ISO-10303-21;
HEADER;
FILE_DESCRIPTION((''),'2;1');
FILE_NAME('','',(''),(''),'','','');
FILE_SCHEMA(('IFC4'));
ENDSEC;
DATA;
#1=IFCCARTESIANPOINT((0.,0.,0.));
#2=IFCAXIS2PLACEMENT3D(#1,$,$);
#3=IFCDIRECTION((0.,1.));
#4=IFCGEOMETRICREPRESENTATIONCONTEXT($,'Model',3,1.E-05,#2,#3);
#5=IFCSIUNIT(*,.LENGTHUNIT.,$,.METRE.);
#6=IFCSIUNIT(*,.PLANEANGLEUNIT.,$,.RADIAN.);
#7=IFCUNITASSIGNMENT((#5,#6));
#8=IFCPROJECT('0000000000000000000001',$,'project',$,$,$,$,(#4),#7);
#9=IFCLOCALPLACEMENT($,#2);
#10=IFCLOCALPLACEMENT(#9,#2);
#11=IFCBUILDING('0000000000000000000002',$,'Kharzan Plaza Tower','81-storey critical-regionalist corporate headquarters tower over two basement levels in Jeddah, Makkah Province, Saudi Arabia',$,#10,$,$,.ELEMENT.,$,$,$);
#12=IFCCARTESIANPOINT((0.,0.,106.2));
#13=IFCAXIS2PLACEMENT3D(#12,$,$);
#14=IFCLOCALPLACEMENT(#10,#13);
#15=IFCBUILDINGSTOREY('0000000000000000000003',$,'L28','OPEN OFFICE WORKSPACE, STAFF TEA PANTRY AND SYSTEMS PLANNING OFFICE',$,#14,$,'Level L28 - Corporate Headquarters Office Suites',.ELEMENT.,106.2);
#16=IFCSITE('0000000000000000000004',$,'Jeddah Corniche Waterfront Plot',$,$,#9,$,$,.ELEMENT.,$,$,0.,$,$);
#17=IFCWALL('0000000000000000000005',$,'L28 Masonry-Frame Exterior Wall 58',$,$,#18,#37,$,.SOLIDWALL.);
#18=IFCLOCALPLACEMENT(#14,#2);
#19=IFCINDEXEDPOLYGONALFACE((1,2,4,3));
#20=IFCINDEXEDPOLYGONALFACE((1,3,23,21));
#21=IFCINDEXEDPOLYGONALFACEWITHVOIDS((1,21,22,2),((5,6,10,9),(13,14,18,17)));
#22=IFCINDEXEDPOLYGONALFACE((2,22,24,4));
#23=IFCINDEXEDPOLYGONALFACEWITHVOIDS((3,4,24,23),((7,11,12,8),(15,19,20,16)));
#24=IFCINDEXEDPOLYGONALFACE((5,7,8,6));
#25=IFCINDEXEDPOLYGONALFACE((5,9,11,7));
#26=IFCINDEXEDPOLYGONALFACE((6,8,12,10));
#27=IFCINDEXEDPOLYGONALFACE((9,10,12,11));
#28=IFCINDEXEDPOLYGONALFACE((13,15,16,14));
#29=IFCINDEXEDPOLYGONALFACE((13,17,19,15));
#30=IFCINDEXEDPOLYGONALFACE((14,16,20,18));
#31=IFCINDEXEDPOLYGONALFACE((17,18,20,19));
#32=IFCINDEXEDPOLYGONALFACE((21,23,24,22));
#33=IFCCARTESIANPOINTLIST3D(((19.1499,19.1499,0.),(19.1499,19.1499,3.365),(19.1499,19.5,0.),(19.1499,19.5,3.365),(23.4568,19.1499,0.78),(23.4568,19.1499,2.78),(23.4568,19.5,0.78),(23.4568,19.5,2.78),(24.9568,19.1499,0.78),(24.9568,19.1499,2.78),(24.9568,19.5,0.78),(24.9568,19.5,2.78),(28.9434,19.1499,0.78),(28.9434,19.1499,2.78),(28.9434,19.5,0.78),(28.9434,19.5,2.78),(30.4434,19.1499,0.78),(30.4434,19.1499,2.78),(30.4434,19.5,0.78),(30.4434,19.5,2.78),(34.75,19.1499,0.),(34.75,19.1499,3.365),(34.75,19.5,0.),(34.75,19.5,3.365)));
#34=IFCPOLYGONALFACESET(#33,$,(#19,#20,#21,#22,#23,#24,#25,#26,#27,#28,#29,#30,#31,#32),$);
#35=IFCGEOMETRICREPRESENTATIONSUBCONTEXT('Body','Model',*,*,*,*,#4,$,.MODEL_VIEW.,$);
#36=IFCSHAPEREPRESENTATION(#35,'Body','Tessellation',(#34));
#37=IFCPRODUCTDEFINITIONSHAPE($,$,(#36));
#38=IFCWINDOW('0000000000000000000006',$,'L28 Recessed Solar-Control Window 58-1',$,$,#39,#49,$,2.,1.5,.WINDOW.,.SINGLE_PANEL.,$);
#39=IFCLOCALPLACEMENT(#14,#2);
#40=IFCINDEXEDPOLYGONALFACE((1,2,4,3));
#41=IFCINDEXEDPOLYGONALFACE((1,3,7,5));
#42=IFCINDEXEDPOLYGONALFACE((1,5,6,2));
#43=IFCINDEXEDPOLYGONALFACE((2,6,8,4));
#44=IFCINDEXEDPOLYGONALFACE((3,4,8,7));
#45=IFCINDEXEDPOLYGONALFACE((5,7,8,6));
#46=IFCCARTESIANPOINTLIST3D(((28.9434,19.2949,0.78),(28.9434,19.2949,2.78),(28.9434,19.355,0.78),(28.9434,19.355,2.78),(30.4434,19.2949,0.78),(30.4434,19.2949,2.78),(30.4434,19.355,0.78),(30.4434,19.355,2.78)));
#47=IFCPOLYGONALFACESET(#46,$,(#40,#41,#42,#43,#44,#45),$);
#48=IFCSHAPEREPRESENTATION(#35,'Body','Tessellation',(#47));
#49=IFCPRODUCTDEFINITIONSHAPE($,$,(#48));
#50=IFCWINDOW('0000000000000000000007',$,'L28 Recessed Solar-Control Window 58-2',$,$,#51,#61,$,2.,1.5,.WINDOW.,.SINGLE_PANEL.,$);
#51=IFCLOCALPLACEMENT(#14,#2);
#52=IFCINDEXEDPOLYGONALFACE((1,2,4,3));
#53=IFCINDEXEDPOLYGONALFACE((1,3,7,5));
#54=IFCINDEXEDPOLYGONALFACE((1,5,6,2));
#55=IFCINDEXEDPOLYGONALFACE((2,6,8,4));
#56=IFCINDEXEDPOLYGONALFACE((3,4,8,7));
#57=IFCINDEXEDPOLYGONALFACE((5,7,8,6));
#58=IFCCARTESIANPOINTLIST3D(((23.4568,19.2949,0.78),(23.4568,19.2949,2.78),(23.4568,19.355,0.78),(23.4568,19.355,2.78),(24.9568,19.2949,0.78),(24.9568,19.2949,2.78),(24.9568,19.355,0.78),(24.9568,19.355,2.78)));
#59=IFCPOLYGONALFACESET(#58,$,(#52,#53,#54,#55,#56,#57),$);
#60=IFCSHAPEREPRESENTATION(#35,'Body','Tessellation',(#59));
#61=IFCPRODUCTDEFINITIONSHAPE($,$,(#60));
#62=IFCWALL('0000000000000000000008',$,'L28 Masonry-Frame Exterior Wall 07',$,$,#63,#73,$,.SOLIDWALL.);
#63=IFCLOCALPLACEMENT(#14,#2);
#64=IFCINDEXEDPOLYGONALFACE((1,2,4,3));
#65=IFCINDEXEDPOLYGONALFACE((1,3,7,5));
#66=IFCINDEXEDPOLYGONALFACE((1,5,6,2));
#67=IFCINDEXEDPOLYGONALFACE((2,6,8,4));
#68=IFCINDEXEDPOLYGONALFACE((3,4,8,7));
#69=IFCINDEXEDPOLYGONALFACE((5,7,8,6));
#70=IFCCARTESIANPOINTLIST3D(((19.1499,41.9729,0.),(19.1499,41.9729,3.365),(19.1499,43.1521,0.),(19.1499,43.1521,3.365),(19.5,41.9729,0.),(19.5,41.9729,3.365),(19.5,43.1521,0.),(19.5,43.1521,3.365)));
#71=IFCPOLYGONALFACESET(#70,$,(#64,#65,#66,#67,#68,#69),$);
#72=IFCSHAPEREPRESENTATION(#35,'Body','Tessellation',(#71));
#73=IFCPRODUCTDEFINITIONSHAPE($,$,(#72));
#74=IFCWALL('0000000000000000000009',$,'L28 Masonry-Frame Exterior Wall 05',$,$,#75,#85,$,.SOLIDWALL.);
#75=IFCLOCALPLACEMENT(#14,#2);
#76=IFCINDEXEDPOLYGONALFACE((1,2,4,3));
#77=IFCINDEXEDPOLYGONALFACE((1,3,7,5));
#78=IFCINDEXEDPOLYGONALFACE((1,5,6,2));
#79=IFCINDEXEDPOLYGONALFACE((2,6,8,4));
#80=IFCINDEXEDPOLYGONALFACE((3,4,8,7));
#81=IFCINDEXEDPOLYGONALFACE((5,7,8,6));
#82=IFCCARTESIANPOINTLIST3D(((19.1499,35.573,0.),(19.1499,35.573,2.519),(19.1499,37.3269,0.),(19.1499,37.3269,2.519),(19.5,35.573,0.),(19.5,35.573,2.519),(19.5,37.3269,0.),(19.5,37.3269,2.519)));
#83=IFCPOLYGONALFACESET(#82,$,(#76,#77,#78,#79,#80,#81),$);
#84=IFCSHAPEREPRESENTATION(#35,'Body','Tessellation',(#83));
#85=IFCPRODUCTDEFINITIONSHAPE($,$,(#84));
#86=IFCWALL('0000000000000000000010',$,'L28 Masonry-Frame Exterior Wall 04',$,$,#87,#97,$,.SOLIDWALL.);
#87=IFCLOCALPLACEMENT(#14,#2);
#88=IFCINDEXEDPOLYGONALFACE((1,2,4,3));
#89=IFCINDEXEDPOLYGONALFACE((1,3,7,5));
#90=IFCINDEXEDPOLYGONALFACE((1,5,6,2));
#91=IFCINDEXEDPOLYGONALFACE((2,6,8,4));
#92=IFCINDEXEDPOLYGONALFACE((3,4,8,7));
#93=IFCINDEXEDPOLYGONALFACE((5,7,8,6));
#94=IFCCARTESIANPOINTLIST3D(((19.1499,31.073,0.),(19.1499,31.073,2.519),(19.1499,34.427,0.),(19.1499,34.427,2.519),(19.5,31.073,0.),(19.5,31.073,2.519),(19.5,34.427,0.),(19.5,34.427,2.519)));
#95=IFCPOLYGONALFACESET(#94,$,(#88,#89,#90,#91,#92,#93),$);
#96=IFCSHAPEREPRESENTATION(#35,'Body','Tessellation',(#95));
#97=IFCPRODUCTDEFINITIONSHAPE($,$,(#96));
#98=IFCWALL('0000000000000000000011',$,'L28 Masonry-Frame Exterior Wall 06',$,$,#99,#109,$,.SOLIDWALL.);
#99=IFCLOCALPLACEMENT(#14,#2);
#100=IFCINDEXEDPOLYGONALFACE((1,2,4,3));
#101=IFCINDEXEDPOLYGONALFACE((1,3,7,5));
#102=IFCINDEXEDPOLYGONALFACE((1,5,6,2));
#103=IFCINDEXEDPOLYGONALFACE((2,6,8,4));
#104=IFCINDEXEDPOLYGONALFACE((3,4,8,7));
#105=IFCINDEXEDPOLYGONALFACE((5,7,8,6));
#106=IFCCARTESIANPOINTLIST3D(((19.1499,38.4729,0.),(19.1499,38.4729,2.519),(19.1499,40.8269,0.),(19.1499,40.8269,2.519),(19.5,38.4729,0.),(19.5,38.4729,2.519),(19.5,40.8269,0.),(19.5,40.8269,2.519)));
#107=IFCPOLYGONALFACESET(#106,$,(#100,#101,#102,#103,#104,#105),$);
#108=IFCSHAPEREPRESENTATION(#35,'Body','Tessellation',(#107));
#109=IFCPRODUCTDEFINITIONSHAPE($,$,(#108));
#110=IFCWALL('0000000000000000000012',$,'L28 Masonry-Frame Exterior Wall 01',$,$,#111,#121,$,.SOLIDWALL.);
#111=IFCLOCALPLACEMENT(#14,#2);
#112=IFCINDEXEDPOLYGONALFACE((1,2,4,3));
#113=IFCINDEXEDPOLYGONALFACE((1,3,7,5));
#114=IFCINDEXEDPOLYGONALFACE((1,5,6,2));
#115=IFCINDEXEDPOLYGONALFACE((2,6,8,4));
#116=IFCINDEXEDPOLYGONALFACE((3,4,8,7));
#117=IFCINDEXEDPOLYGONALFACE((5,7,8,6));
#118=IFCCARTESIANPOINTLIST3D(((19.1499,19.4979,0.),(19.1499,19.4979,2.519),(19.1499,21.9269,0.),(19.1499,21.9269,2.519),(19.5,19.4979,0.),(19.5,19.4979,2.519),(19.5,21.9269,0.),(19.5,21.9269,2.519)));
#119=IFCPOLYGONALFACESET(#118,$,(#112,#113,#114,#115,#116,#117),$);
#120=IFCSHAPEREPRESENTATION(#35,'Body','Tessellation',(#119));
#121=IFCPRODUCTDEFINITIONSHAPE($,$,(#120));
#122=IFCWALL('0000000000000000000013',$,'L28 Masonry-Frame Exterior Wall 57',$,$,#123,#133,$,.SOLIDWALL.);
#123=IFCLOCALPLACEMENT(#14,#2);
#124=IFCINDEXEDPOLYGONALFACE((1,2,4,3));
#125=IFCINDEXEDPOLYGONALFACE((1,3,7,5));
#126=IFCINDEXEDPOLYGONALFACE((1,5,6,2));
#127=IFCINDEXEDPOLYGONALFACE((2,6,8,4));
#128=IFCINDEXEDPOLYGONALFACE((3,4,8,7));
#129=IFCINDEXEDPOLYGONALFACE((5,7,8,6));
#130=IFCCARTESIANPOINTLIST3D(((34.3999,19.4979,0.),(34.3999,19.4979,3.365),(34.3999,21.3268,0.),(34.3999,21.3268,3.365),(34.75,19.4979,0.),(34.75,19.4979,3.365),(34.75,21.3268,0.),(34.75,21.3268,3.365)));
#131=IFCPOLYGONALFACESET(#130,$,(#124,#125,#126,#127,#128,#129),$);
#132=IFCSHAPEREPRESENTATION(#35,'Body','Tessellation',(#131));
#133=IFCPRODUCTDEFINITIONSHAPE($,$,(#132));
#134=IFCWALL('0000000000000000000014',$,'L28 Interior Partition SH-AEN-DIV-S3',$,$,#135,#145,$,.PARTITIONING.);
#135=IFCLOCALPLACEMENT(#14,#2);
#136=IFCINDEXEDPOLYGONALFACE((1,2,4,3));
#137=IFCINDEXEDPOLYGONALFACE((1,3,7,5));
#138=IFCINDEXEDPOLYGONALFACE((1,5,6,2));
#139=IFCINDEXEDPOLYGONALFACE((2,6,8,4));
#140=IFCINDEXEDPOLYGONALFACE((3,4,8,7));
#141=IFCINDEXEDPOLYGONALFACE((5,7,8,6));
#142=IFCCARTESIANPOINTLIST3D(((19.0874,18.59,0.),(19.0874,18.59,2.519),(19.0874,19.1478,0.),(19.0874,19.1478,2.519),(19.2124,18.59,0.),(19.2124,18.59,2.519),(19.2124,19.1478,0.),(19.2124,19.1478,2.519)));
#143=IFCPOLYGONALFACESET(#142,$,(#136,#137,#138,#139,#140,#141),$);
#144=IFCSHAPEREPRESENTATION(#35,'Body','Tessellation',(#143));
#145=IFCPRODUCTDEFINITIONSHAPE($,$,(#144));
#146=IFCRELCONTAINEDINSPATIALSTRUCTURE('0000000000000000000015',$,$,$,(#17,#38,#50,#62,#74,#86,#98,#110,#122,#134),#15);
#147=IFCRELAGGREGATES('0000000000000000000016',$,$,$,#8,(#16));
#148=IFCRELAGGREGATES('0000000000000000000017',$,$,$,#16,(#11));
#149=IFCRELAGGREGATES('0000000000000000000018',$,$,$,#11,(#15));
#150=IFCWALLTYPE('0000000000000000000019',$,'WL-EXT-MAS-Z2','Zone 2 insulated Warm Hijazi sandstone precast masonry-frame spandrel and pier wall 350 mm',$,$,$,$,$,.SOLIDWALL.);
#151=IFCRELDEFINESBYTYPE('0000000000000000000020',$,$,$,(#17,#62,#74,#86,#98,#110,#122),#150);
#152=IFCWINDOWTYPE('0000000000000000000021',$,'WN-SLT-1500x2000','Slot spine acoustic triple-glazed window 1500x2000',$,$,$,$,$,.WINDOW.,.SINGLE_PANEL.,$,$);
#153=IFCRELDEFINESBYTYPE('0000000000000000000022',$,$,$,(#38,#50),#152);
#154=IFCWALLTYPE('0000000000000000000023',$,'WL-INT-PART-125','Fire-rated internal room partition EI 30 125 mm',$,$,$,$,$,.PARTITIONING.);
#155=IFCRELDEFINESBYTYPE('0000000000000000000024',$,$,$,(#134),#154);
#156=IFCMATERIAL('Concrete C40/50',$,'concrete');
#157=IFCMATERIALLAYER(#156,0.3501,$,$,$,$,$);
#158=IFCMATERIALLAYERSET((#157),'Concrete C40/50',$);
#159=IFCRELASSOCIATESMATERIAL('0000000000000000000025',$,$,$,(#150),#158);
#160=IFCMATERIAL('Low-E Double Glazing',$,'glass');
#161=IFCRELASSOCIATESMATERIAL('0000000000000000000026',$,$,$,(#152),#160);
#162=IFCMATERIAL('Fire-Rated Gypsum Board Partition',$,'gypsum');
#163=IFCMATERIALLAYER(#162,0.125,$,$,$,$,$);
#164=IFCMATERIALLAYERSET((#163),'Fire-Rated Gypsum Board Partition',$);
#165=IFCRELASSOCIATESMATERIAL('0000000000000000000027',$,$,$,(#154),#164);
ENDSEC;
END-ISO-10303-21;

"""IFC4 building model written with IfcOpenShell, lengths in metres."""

from ifc_helpers import new_model, si_unit, direction, frame, frame_2d, origin, place, context, subcontext, project, spatial, rectangle, extrude, source, transform, mapped, material, layer, layer_set, type_object, element, fill, save


model = new_model("IFC4")

# Units and contexts
model_context = context("Model", 3, precision=1e-05, world=origin(), true_north=direction((0.0, 1.0)))
body_context = subcontext(model_context, "Body", "Model", "MODEL_VIEW")
ifc_project = project(units=[si_unit("LENGTHUNIT", "METRE"), si_unit("PLANEANGLEUNIT", "RADIAN")], contexts=[model_context])

# Site, building, storey
site_placement = place(None, origin())
site = spatial("IfcSite", under=ifc_project, at=site_placement, Name="Jeddah Corniche Waterfront Plot", CompositionType="ELEMENT", RefElevation=0.0)
building_placement = place(site_placement, origin())
building = spatial("IfcBuilding", under=site, at=building_placement, Name="Kharzan Plaza Tower", Description="81-storey critical-regionalist corporate headquarters tower over two basement levels in Jeddah, Makkah Province, Saudi Arabia", CompositionType="ELEMENT")
storey_placement = place(building_placement, frame((0.0, 0.0, 106.2)))
storey = spatial("IfcBuildingStorey", under=building, at=storey_placement, Name="L28", Description="OPEN OFFICE WORKSPACE, STAFF TEA PANTRY AND SYSTEMS PLANNING OFFICE", LongName="Level L28 - Corporate Headquarters Office Suites", CompositionType="ELEMENT", Elevation=106.2)

# Shared definitions
ifc_material_1 = material(Name="Concrete C40/50", Category="concrete")
ifc_layer_1 = layer(ifc_material_1, 0.3501)
ifc_layer_set_1 = layer_set([ifc_layer_1], Name="Concrete C40/50")
wall_type_1 = type_object("IfcWallType", Name="WL-EXT-MAS-Z2", Description="Zone 2 insulated Warm Hijazi sandstone precast masonry-frame spandrel and pier wall 350 mm", PredefinedType="SOLIDWALL", material=ifc_layer_set_1)
ifc_material_2 = material(Name="Low-E Double Glazing", Category="glass")
window_type_1 = type_object("IfcWindowType", Name="WN-SLT-1500x2000", Description="Slot spine acoustic triple-glazed window 1500x2000", PartitioningType="SINGLE_PANEL", PredefinedType="WINDOW", material=ifc_material_2)

# Wall, openings, windows
wall_1_placement = place(storey_placement, frame((34.75, 19.325, 0.0), z_axis=(0.0, 0.0, 1.0), x_axis=(-1.0, 0.0, 0.0)))
wall_1 = element("IfcWall", 1, at=wall_1_placement, inside=storey, type_object=wall_type_1, Name="L28 Masonry-Frame Exterior Wall 58", PredefinedType="SOLIDWALL", context=body_context, shape_type="SweptSolid", body=[
    extrude(rectangle(XDim=15.6001, YDim=0.3501, at=frame_2d((7.8, 0.0))), origin(), (0.0, 0.0, 1.0), 3.365),
])
opening_1_placement = place(wall_1_placement, frame((4.3066, 0.0, 0.78)))
opening_1 = element("IfcOpeningElement", 2, at=opening_1_placement, cuts=wall_1, PredefinedType="OPENING", context=body_context, shape_type="SweptSolid", body=[
    extrude(rectangle(XDim=1.5, YDim=2.0, at=frame_2d((0.75, 1.0))), frame((0.0, 0.1851, 0.0), z_axis=(0.0, -1.0, 0.0), x_axis=(1.0, 0.0, 0.0)), (0.0, 0.0, 1.0), 0.3701),
])
opening_2_placement = place(wall_1_placement, frame((9.7932, 0.0, 0.78)))
opening_2 = element("IfcOpeningElement", 3, at=opening_2_placement, cuts=wall_1, PredefinedType="OPENING", context=body_context, shape_type="SweptSolid", body=[
    extrude(rectangle(XDim=1.5, YDim=2.0, at=frame_2d((0.75, 1.0))), frame((0.0, 0.1851, 0.0), z_axis=(0.0, -1.0, 0.0), x_axis=(1.0, 0.0, 0.0)), (0.0, 0.0, 1.0), 0.3701),
])
shared_shape_1 = source(origin(), body_context, "Body", "SweptSolid", [
    extrude(rectangle(XDim=1.5, YDim=2.0, at=frame_2d((0.75, 1.0))), frame((0.0, 0.03, 0.0), z_axis=(0.0, -1.0, 0.0), x_axis=(1.0, 0.0, 0.0)), (0.0, 0.0, 1.0), 0.0601),
])
window_1_placement = place(opening_1_placement, origin())
window_1 = element("IfcWindow", 4, at=window_1_placement, inside=storey, type_object=window_type_1, Name="L28 Recessed Solar-Control Window 58-1", OverallHeight=2.0, OverallWidth=1.5, PartitioningType="SINGLE_PANEL", PredefinedType="WINDOW", context=body_context, shape_type="MappedRepresentation", body=[
    mapped(shared_shape_1, transform((0.0, 0.0, 0.0), x_axis=(1.0, 0.0, 0.0), y_axis=(0.0, 1.0, 0.0), z_axis=(0.0, 0.0, 1.0))),
])
fill(opening_1, window_1)
window_2_placement = place(opening_2_placement, origin())
window_2 = element("IfcWindow", 5, at=window_2_placement, inside=storey, type_object=window_type_1, Name="L28 Recessed Solar-Control Window 58-2", OverallHeight=2.0, OverallWidth=1.5, PartitioningType="SINGLE_PANEL", PredefinedType="WINDOW", context=body_context, shape_type="MappedRepresentation", body=[
    mapped(shared_shape_1, transform((0.0, 0.0, 0.0), x_axis=(1.0, 0.0, 0.0), y_axis=(0.0, 1.0, 0.0), z_axis=(0.0, 0.0, 1.0))),
])
fill(opening_2, window_2)

# Walls
shared_shape_2 = source(origin(), body_context, "Body", "SweptSolid", [
    extrude(rectangle(XDim=1.1792, YDim=0.3501, at=frame_2d((0.5896, 0.0))), origin(), (0.0, 0.0, 1.0), 3.365),
])
wall_2_placement = place(storey_placement, frame((19.325, 41.9729, 0.0), z_axis=(0.0, 0.0, 1.0), x_axis=(0.0, 1.0, 0.0)))
element("IfcWall", 6, at=wall_2_placement, inside=storey, type_object=wall_type_1, Name="L28 Masonry-Frame Exterior Wall 07", PredefinedType="SOLIDWALL", context=body_context, shape_type="MappedRepresentation", body=[
    mapped(shared_shape_2, transform((0.0, 0.0, 0.0), x_axis=(1.0, 0.0, 0.0), y_axis=(0.0, 1.0, 0.0), z_axis=(0.0, 0.0, 1.0))),
])
shared_shape_3 = source(origin(), body_context, "Body", "SweptSolid", [
    extrude(rectangle(XDim=1.7539, YDim=0.3501, at=frame_2d((0.877, 0.0))), origin(), (0.0, 0.0, 1.0), 2.519),
])
wall_3_placement = place(storey_placement, frame((19.325, 35.573, 0.0), z_axis=(0.0, 0.0, 1.0), x_axis=(0.0, 1.0, 0.0)))
element("IfcWall", 7, at=wall_3_placement, inside=storey, type_object=wall_type_1, Name="L28 Masonry-Frame Exterior Wall 05", PredefinedType="SOLIDWALL", context=body_context, shape_type="MappedRepresentation", body=[
    mapped(shared_shape_3, transform((0.0, 0.0, 0.0), x_axis=(1.0, 0.0, 0.0), y_axis=(0.0, 1.0, 0.0), z_axis=(0.0, 0.0, 1.0))),
])
shared_shape_4 = source(origin(), body_context, "Body", "SweptSolid", [
    extrude(rectangle(XDim=3.354, YDim=0.3501, at=frame_2d((1.677, 0.0))), origin(), (0.0, 0.0, 1.0), 2.519),
])
wall_4_placement = place(storey_placement, frame((19.325, 31.073, 0.0), z_axis=(0.0, 0.0, 1.0), x_axis=(0.0, 1.0, 0.0)))
element("IfcWall", 8, at=wall_4_placement, inside=storey, type_object=wall_type_1, Name="L28 Masonry-Frame Exterior Wall 04", PredefinedType="SOLIDWALL", context=body_context, shape_type="MappedRepresentation", body=[
    mapped(shared_shape_4, transform((0.0, 0.0, 0.0), x_axis=(1.0, 0.0, 0.0), y_axis=(0.0, 1.0, 0.0), z_axis=(0.0, 0.0, 1.0))),
])
shared_shape_5 = source(origin(), body_context, "Body", "SweptSolid", [
    extrude(rectangle(XDim=2.354, YDim=0.3501, at=frame_2d((1.177, 0.0))), origin(), (0.0, 0.0, 1.0), 2.519),
])
wall_5_placement = place(storey_placement, frame((19.325, 38.4729, 0.0), z_axis=(0.0, 0.0, 1.0), x_axis=(0.0, 1.0, 0.0)))
element("IfcWall", 9, at=wall_5_placement, inside=storey, type_object=wall_type_1, Name="L28 Masonry-Frame Exterior Wall 06", PredefinedType="SOLIDWALL", context=body_context, shape_type="MappedRepresentation", body=[
    mapped(shared_shape_5, transform((0.0, 0.0, 0.0), x_axis=(1.0, 0.0, 0.0), y_axis=(0.0, 1.0, 0.0), z_axis=(0.0, 0.0, 1.0))),
])
shared_shape_6 = source(origin(), body_context, "Body", "SweptSolid", [
    extrude(rectangle(XDim=2.429, YDim=0.3501, at=frame_2d((1.2144, 0.0))), origin(), (0.0, 0.0, 1.0), 2.519),
])
wall_6_placement = place(storey_placement, frame((19.325, 19.498, 0.0), z_axis=(0.0, 0.0, 1.0), x_axis=(0.0, 1.0, 0.0)))
element("IfcWall", 10, at=wall_6_placement, inside=storey, type_object=wall_type_1, Name="L28 Masonry-Frame Exterior Wall 01", PredefinedType="SOLIDWALL", context=body_context, shape_type="MappedRepresentation", body=[
    mapped(shared_shape_6, transform((0.0, 0.0, 0.0), x_axis=(1.0, 0.0, 0.0), y_axis=(0.0, 1.0, 0.0), z_axis=(0.0, 0.0, 1.0))),
])
shared_shape_7 = source(origin(), body_context, "Body", "SweptSolid", [
    extrude(rectangle(XDim=1.8289, YDim=0.3501, at=frame_2d((0.9146, 0.0))), origin(), (0.0, 0.0, 1.0), 3.365),
])
wall_7_placement = place(storey_placement, frame((34.575, 21.3269, 0.0), z_axis=(0.0, 0.0, 1.0), x_axis=(0.0, -1.0, 0.0)))
element("IfcWall", 11, at=wall_7_placement, inside=storey, type_object=wall_type_1, Name="L28 Masonry-Frame Exterior Wall 57", PredefinedType="SOLIDWALL", context=body_context, shape_type="MappedRepresentation", body=[
    mapped(shared_shape_7, transform((0.0, 0.0, 0.0), x_axis=(1.0, 0.0, 0.0), y_axis=(0.0, 1.0, 0.0), z_axis=(0.0, 0.0, 1.0))),
])
ifc_material_3 = material(Name="Fire-Rated Gypsum Board Partition", Category="gypsum")
ifc_layer_2 = layer(ifc_material_3, 0.125)
ifc_layer_set_2 = layer_set([ifc_layer_2], Name="Fire-Rated Gypsum Board Partition")
wall_type_2 = type_object("IfcWallType", Name="WL-INT-PART-125", Description="Fire-rated internal room partition EI 30 125 mm", PredefinedType="PARTITIONING", material=ifc_layer_set_2)
shared_shape_8 = source(origin(), body_context, "Body", "SweptSolid", [
    extrude(rectangle(XDim=0.5579, YDim=0.125, at=frame_2d((0.2788, 0.0))), origin(), (0.0, 0.0, 1.0), 2.519),
])
wall_8_placement = place(storey_placement, frame((19.1499, 18.5901, 0.0), z_axis=(0.0, 0.0, 1.0), x_axis=(0.0, 1.0, 0.0)))
element("IfcWall", 12, at=wall_8_placement, inside=storey, type_object=wall_type_2, Name="L28 Interior Partition SH-AEN-DIV-S3", PredefinedType="PARTITIONING", context=body_context, shape_type="MappedRepresentation", body=[
    mapped(shared_shape_8, transform((0.0, 0.0, 0.0), x_axis=(1.0, 0.0, 0.0), y_axis=(0.0, 1.0, 0.0), z_axis=(0.0, 0.0, 1.0))),
])

save(model, "model.ifc")
